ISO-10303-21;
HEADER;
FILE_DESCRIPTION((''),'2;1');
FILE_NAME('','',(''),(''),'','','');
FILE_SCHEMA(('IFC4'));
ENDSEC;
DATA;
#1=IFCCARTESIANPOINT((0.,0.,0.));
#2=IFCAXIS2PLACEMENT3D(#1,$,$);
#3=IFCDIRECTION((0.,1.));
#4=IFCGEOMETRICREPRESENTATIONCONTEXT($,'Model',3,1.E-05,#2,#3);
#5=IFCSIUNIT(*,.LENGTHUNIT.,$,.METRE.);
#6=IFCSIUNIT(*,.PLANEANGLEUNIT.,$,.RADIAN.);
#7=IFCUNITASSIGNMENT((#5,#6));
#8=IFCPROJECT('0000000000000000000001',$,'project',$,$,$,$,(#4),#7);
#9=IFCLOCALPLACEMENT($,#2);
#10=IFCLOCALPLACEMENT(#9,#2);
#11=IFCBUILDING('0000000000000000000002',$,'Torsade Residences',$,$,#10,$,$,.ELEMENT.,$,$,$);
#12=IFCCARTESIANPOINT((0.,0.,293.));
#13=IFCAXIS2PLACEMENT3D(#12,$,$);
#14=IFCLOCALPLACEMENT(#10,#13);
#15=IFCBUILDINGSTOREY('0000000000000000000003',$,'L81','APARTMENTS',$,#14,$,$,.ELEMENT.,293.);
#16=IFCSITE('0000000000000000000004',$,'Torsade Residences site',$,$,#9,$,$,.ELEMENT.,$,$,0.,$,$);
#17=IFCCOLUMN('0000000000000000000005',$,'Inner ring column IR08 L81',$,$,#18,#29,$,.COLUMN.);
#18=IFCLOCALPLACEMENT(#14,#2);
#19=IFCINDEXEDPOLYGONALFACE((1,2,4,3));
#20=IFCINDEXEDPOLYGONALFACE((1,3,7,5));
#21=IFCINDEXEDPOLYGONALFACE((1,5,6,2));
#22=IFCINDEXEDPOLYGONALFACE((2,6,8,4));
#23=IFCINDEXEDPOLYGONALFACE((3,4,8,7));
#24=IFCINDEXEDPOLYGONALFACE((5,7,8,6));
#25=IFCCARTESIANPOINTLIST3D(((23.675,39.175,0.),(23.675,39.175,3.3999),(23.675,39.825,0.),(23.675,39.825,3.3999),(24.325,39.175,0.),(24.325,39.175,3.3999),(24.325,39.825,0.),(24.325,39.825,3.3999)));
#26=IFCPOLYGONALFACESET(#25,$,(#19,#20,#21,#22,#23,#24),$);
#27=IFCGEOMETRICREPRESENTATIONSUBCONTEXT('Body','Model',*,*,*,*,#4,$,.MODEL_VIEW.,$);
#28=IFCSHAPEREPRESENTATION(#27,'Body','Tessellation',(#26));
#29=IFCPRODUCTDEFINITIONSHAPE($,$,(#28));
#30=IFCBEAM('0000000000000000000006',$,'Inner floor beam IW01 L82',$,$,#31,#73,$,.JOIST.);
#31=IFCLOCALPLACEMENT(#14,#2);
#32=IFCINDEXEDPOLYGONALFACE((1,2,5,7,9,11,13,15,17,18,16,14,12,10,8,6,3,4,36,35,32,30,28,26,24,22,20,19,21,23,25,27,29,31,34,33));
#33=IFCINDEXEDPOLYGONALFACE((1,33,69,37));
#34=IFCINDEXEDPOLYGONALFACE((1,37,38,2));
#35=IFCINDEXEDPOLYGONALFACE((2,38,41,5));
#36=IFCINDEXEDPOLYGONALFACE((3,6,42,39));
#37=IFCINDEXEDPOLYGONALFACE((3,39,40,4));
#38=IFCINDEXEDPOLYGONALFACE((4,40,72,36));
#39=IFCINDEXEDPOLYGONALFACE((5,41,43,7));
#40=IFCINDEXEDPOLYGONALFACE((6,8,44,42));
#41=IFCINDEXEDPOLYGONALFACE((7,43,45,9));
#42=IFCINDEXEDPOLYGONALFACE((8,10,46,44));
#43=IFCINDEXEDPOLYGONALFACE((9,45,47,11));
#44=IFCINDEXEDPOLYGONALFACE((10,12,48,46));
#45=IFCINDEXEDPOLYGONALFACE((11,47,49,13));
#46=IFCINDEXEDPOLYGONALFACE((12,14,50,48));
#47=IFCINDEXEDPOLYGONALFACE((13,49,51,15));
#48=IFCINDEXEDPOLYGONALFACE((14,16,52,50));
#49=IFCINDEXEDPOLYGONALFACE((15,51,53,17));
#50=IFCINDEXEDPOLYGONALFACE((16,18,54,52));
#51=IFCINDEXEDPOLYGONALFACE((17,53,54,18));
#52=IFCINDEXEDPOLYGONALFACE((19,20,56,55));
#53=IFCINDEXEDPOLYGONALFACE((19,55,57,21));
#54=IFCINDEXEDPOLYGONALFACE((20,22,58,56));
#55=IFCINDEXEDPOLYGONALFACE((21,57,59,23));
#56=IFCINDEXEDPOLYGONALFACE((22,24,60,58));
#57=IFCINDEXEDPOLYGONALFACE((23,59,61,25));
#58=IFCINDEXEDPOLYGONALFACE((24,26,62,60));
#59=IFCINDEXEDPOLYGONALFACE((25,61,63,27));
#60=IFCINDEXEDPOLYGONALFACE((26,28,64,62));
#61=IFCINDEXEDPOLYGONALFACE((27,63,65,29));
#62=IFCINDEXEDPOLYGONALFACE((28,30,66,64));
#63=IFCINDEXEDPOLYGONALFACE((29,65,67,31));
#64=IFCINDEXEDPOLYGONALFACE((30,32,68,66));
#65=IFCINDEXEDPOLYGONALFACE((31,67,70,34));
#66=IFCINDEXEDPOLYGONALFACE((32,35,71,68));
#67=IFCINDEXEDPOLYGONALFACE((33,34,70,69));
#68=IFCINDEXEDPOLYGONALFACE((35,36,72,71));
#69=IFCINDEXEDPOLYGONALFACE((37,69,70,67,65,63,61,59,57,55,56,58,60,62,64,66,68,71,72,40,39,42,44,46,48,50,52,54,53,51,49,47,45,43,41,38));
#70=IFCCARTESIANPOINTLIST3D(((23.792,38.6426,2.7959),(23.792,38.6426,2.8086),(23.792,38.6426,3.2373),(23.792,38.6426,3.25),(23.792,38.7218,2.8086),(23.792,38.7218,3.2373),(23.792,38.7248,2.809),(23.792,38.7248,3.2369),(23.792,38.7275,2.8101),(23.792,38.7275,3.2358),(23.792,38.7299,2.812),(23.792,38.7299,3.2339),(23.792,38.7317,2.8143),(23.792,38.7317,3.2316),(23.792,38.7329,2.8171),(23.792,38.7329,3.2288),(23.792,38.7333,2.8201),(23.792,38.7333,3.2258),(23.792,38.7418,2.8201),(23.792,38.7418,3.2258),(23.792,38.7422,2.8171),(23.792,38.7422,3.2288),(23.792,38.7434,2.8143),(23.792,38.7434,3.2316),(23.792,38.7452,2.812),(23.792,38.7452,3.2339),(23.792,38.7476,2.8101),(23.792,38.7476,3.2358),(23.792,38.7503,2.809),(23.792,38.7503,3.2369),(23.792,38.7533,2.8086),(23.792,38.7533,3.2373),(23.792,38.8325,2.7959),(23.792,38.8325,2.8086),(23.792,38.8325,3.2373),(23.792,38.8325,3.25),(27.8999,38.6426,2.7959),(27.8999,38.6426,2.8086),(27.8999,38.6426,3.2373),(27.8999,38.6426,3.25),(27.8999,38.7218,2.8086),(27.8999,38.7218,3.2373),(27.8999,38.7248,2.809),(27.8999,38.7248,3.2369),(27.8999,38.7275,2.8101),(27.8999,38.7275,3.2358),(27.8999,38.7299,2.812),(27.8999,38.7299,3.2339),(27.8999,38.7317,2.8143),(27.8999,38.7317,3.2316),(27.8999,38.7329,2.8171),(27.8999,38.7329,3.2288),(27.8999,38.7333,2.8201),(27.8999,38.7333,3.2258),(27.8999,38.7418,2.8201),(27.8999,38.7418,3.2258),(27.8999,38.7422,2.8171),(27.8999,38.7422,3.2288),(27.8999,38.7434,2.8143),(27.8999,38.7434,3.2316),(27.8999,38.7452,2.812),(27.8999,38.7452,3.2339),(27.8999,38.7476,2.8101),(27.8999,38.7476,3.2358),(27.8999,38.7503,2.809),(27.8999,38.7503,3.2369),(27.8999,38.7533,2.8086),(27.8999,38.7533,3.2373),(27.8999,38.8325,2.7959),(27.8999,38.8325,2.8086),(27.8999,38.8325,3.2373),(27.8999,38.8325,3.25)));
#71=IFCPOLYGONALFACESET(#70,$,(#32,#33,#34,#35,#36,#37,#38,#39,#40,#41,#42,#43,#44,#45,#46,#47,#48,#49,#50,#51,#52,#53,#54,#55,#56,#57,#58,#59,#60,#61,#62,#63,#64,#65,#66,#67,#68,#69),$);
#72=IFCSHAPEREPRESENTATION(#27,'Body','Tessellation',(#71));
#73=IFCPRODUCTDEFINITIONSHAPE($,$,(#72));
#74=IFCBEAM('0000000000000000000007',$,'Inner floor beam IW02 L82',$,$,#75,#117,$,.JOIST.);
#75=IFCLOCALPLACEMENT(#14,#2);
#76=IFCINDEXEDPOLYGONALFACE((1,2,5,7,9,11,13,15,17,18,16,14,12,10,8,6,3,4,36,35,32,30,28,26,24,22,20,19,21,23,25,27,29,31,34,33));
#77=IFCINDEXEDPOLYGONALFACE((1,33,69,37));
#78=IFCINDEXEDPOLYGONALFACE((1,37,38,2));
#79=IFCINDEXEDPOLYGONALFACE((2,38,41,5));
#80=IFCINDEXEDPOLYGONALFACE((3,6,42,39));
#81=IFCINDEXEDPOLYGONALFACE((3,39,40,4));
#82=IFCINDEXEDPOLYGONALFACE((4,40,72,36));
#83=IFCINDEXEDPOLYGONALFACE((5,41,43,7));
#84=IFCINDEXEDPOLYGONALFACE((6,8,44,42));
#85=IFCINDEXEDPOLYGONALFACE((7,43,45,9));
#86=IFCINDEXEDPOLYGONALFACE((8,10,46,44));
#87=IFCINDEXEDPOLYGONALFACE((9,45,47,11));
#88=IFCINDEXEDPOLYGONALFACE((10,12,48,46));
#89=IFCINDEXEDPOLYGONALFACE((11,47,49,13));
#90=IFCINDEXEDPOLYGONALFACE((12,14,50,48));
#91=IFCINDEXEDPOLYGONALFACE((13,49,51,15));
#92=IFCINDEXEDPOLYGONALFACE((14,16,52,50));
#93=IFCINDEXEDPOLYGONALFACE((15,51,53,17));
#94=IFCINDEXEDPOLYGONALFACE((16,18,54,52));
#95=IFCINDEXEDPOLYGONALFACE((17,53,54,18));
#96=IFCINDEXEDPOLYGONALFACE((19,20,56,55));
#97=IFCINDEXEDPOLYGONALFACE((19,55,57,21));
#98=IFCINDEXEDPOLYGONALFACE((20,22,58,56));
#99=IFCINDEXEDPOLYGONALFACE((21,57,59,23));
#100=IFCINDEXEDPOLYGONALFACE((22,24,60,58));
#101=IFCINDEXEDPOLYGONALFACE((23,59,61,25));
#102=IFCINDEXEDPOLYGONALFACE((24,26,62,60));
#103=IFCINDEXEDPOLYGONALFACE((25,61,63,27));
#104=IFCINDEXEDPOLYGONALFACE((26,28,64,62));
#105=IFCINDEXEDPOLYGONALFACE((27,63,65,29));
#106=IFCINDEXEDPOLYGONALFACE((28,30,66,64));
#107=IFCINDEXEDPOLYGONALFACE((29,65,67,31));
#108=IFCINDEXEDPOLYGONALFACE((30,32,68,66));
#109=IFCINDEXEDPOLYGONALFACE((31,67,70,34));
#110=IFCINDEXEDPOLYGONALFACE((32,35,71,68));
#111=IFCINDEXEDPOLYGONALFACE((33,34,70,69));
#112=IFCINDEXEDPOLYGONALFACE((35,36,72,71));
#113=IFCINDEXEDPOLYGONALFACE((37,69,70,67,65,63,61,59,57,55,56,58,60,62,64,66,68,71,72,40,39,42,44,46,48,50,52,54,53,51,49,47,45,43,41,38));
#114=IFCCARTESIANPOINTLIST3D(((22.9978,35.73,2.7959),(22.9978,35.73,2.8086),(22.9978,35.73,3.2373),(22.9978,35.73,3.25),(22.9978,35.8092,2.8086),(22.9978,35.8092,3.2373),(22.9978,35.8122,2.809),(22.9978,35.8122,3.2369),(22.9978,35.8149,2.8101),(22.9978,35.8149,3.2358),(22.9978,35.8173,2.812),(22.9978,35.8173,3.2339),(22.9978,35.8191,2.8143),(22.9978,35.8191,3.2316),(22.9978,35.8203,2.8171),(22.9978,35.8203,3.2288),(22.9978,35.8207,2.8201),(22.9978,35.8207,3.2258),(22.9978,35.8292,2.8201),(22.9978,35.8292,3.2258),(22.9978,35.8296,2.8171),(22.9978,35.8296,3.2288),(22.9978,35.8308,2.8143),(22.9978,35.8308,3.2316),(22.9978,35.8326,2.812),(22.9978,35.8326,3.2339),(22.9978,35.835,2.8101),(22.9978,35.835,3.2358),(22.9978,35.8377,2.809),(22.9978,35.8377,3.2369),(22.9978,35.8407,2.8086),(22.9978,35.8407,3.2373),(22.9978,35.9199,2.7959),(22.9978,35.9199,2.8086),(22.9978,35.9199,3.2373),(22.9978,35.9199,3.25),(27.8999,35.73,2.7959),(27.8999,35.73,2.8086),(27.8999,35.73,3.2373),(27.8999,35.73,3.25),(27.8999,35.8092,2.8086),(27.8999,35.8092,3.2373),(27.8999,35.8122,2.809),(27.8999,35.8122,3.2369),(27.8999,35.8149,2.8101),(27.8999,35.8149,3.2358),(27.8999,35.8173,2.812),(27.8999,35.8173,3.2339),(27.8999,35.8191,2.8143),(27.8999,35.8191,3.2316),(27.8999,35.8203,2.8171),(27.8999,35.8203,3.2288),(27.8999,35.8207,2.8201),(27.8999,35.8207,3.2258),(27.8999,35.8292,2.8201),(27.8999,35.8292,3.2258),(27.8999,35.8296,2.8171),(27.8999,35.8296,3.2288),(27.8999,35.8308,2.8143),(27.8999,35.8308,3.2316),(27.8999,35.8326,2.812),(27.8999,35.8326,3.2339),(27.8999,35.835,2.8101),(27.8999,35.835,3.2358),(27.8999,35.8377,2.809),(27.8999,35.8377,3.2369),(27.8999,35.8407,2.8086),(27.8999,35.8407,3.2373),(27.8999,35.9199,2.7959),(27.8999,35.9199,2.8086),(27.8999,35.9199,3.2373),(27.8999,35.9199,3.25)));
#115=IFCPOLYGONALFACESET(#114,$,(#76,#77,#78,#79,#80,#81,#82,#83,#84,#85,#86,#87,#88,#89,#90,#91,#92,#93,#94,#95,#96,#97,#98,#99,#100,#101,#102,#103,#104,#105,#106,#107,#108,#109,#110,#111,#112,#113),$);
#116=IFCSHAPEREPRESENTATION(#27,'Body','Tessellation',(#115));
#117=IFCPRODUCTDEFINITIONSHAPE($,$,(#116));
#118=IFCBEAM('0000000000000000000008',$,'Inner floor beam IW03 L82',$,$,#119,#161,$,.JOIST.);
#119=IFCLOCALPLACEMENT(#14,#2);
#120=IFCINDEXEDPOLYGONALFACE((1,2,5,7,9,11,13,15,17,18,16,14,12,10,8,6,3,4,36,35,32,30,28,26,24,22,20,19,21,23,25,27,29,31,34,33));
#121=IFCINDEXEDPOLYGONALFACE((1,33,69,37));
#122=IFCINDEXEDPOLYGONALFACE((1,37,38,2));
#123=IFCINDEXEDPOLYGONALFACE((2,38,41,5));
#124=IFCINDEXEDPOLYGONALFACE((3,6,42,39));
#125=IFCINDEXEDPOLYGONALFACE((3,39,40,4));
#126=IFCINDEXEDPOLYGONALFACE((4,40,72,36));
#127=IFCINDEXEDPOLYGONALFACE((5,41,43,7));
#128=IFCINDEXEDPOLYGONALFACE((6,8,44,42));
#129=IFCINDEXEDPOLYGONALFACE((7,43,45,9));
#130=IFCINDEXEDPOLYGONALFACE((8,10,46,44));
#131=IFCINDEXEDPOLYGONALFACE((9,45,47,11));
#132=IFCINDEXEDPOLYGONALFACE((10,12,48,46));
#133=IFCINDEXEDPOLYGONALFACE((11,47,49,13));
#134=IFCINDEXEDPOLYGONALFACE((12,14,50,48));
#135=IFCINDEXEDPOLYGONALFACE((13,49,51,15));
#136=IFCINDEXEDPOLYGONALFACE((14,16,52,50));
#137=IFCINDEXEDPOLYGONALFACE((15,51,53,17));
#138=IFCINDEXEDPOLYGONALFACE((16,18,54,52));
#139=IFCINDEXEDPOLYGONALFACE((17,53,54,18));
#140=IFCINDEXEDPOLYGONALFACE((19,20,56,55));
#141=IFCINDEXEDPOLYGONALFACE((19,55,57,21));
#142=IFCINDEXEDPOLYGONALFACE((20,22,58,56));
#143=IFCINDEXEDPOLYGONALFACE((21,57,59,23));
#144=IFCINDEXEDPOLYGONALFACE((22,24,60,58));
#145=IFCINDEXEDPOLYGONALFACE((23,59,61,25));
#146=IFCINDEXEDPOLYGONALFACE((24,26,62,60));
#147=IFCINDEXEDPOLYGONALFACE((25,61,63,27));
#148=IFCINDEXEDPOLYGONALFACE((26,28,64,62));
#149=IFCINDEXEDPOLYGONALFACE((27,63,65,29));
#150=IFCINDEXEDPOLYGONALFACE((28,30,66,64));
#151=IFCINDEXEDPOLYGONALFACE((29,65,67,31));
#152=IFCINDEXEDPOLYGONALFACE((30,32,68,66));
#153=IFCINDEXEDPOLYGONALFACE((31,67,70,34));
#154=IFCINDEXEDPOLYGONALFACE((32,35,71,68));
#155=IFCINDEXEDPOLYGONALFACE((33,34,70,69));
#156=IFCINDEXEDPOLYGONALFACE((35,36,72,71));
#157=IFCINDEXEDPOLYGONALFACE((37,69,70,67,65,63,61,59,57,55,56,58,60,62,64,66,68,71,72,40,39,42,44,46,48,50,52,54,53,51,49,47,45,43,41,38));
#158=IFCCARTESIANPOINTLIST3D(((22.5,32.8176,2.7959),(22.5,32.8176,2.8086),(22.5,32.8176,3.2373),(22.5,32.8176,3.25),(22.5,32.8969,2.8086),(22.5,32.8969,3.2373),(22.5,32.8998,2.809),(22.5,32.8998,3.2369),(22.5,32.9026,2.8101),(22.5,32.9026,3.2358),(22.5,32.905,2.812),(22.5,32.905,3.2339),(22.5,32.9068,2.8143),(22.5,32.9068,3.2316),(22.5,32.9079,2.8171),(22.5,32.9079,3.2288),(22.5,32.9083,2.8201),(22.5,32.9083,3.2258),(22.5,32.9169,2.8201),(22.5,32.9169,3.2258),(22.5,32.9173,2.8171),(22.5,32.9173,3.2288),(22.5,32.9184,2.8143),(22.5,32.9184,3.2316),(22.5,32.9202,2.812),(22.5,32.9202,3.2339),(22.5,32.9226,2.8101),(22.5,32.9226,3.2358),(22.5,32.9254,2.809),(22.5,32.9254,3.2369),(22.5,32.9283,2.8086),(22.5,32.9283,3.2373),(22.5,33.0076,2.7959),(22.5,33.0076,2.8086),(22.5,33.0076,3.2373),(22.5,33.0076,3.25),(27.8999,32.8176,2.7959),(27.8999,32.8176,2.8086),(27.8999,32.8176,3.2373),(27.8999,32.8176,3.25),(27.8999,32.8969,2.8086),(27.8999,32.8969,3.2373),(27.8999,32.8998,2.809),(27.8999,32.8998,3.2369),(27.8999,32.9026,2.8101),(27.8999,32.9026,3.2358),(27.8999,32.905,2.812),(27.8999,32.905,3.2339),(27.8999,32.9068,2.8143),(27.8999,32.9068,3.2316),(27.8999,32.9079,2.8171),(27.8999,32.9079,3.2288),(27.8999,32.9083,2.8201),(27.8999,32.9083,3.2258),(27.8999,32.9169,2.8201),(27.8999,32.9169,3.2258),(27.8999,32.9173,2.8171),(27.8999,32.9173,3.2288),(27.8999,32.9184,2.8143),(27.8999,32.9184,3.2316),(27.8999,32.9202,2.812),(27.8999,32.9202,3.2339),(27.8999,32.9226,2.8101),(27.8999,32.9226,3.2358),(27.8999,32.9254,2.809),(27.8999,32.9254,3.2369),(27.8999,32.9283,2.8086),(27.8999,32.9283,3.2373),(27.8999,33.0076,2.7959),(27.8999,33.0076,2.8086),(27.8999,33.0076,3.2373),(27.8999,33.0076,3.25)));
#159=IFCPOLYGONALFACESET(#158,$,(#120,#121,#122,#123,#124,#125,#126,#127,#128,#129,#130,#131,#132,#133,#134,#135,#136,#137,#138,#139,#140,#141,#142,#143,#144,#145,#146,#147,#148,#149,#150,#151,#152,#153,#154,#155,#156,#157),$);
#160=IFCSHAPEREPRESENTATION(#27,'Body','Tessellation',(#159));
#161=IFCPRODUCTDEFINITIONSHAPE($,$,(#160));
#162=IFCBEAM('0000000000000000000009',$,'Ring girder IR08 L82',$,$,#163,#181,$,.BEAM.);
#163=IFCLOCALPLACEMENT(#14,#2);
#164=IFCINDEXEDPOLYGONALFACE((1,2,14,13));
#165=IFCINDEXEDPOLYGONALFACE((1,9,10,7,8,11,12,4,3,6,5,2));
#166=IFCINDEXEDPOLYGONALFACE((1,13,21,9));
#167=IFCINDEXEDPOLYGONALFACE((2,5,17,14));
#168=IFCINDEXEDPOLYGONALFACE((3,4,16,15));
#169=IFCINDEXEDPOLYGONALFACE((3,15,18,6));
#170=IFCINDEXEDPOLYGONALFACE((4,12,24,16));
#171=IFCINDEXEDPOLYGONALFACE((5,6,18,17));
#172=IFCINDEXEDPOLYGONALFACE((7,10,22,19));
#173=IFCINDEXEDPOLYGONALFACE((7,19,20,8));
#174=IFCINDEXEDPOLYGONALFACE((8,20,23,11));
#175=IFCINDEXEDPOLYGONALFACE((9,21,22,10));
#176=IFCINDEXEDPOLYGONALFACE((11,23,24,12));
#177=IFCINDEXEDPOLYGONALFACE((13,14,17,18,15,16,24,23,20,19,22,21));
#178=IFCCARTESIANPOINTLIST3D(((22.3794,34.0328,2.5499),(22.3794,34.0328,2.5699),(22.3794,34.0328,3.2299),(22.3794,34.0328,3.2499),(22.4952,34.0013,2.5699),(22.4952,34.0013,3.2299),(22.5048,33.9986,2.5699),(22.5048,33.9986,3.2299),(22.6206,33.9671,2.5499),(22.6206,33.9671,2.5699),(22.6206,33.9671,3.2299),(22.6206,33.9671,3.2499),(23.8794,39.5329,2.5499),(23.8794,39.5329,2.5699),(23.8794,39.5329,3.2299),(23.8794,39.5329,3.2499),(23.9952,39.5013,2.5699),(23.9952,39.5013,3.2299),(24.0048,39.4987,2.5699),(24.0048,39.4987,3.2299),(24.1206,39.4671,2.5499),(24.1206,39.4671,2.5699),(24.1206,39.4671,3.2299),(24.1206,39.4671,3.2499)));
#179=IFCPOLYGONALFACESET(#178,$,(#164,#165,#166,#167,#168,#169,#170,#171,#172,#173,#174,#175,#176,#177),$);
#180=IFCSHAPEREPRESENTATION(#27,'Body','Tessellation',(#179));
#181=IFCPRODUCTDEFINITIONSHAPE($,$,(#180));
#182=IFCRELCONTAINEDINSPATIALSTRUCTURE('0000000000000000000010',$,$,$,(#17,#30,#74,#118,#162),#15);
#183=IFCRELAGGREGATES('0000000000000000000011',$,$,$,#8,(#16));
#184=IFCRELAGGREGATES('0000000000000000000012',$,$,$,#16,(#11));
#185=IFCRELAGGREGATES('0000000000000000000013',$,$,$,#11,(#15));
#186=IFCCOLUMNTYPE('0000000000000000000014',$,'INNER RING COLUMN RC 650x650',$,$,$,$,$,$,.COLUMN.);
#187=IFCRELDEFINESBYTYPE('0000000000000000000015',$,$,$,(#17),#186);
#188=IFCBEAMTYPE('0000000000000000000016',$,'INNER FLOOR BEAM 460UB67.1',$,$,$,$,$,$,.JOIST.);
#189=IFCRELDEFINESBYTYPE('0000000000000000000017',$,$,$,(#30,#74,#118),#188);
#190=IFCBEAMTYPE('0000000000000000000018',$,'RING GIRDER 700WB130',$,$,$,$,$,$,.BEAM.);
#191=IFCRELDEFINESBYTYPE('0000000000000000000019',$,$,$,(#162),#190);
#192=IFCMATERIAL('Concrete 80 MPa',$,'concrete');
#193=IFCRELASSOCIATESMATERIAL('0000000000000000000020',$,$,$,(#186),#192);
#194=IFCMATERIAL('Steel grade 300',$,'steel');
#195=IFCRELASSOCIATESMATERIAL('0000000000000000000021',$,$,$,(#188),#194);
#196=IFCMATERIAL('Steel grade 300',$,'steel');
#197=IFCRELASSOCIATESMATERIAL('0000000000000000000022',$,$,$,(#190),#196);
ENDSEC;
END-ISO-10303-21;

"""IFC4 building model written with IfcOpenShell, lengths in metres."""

from ifc_helpers import new_model, si_unit, direction, frame, origin, origin_2d, place, context, subcontext, project, spatial, rectangle, i_section, extrude, material, material_profile, profile_set, type_object, element, save


model = new_model("IFC4")

# Units and contexts
model_context = context("Model", 3, precision=1e-05, world=origin(), true_north=direction((0.0, 1.0)))
body_context = subcontext(model_context, "Body", "Model", "MODEL_VIEW")
ifc_project = project(units=[si_unit("LENGTHUNIT", "METRE"), si_unit("PLANEANGLEUNIT", "RADIAN")], contexts=[model_context])

# Site, building, storey
site_placement = place(None, origin())
site = spatial("IfcSite", under=ifc_project, at=site_placement, Name="Torsade Residences site", CompositionType="ELEMENT", RefElevation=0.0)
building_placement = place(site_placement, origin())
building = spatial("IfcBuilding", under=site, at=building_placement, Name="Torsade Residences", CompositionType="ELEMENT")
storey_placement = place(building_placement, frame((0.0, 0.0, 293.0)))
storey = spatial("IfcBuildingStorey", under=building, at=storey_placement, Name="L81", Description="APARTMENTS", CompositionType="ELEMENT", Elevation=293.0)

# Column
ifc_material_1 = material(Name="Concrete 80 MPa", Category="concrete")
ifc_material_profile_1 = material_profile(ifc_material_1, rectangle(XDim=0.6499, YDim=0.6499, at=origin_2d()), Name="RC 650x650")
ifc_profile_set_1 = profile_set([ifc_material_profile_1], Name="Concrete 80 MPa")
column_type = type_object("IfcColumnType", Name="INNER RING COLUMN RC 650x650", PredefinedType="COLUMN", material=ifc_profile_set_1)
column_placement = place(storey_placement, frame((24.0, 39.5, 0.0), z_axis=(0.0, 0.0, 1.0), x_axis=(1.0, 0.0, 0.0)))
element("IfcColumn", 1, at=column_placement, inside=storey, type_object=column_type, Name="Inner ring column IR08 L81", PredefinedType="COLUMN", context=body_context, shape_type="SweptSolid", body=[
    extrude(rectangle(XDim=0.6499, YDim=0.6499, at=origin_2d()), origin(), (0.0, 0.0, 1.0), 3.3999),
])

# Beams
ifc_material_2 = material(Name="Steel grade 300", Category="steel")
ifc_material_profile_2 = material_profile(ifc_material_2, i_section(OverallWidth=0.1899, OverallDepth=0.4541, WebThickness=0.0085, FlangeThickness=0.0127, FilletRadius=0.0115, at=origin_2d()), Name="460UB67.1")
ifc_profile_set_2 = profile_set([ifc_material_profile_2], Name="Steel grade 300")
beam_type_1 = type_object("IfcBeamType", Name="INNER FLOOR BEAM 460UB67.1", PredefinedType="JOIST", material=ifc_profile_set_2)
beam_1_placement = place(storey_placement, frame((27.8999, 38.7375, 3.0229), z_axis=(-1.0, 0.0, 0.0), x_axis=(0.0, -1.0, 0.0)))
element("IfcBeam", 2, at=beam_1_placement, inside=storey, type_object=beam_type_1, Name="Inner floor beam IW01 L82", PredefinedType="JOIST", context=body_context, shape_type="SweptSolid", body=[
    extrude(i_section(OverallWidth=0.1899, OverallDepth=0.4541, WebThickness=0.0085, FlangeThickness=0.0127, FilletRadius=0.0115, at=origin_2d()), origin(), (0.0, 0.0, 1.0), 4.1079),
])
beam_2_placement = place(storey_placement, frame((27.8999, 35.825, 3.0229), z_axis=(-1.0, 0.0, 0.0), x_axis=(0.0, -1.0, 0.0)))
element("IfcBeam", 3, at=beam_2_placement, inside=storey, type_object=beam_type_1, Name="Inner floor beam IW02 L82", PredefinedType="JOIST", context=body_context, shape_type="SweptSolid", body=[
    extrude(i_section(OverallWidth=0.1899, OverallDepth=0.4541, WebThickness=0.0085, FlangeThickness=0.0127, FilletRadius=0.0115, at=origin_2d()), origin(), (0.0, 0.0, 1.0), 4.9021),
])
beam_3_placement = place(storey_placement, frame((27.8999, 32.9126, 3.0229), z_axis=(-1.0, 0.0, 0.0), x_axis=(0.0, -1.0, 0.0)))
element("IfcBeam", 4, at=beam_3_placement, inside=storey, type_object=beam_type_1, Name="Inner floor beam IW03 L82", PredefinedType="JOIST", context=body_context, shape_type="SweptSolid", body=[
    extrude(i_section(OverallWidth=0.1899, OverallDepth=0.4541, WebThickness=0.0085, FlangeThickness=0.0127, FilletRadius=0.0115, at=origin_2d()), origin(), (0.0, 0.0, 1.0), 5.3999),
])
ifc_material_3 = material(Name="Steel grade 300", Category="steel")
ifc_material_profile_3 = material_profile(ifc_material_3, i_section(OverallWidth=0.25, OverallDepth=0.7, WebThickness=0.01, FlangeThickness=0.02, at=origin_2d()), Name="700WB130")
ifc_profile_set_3 = profile_set([ifc_material_profile_3], Name="Steel grade 300")
beam_type_2 = type_object("IfcBeamType", Name="RING GIRDER 700WB130", PredefinedType="BEAM", material=ifc_profile_set_3)
beam_4_placement = place(storey_placement, frame((24.0, 39.5, 2.8999), z_axis=(-0.263117, -0.964764, 0.0), x_axis=(0.964764, -0.263117, 0.0)))
element("IfcBeam", 5, at=beam_4_placement, inside=storey, type_object=beam_type_2, Name="Ring girder IR08 L82", PredefinedType="BEAM", context=body_context, shape_type="SweptSolid", body=[
    extrude(i_section(OverallWidth=0.25, OverallDepth=0.7, WebThickness=0.01, FlangeThickness=0.02, at=origin_2d()), origin(), (0.0, 0.0, 1.0), 5.7009),
])

save(model, "model.ifc")
